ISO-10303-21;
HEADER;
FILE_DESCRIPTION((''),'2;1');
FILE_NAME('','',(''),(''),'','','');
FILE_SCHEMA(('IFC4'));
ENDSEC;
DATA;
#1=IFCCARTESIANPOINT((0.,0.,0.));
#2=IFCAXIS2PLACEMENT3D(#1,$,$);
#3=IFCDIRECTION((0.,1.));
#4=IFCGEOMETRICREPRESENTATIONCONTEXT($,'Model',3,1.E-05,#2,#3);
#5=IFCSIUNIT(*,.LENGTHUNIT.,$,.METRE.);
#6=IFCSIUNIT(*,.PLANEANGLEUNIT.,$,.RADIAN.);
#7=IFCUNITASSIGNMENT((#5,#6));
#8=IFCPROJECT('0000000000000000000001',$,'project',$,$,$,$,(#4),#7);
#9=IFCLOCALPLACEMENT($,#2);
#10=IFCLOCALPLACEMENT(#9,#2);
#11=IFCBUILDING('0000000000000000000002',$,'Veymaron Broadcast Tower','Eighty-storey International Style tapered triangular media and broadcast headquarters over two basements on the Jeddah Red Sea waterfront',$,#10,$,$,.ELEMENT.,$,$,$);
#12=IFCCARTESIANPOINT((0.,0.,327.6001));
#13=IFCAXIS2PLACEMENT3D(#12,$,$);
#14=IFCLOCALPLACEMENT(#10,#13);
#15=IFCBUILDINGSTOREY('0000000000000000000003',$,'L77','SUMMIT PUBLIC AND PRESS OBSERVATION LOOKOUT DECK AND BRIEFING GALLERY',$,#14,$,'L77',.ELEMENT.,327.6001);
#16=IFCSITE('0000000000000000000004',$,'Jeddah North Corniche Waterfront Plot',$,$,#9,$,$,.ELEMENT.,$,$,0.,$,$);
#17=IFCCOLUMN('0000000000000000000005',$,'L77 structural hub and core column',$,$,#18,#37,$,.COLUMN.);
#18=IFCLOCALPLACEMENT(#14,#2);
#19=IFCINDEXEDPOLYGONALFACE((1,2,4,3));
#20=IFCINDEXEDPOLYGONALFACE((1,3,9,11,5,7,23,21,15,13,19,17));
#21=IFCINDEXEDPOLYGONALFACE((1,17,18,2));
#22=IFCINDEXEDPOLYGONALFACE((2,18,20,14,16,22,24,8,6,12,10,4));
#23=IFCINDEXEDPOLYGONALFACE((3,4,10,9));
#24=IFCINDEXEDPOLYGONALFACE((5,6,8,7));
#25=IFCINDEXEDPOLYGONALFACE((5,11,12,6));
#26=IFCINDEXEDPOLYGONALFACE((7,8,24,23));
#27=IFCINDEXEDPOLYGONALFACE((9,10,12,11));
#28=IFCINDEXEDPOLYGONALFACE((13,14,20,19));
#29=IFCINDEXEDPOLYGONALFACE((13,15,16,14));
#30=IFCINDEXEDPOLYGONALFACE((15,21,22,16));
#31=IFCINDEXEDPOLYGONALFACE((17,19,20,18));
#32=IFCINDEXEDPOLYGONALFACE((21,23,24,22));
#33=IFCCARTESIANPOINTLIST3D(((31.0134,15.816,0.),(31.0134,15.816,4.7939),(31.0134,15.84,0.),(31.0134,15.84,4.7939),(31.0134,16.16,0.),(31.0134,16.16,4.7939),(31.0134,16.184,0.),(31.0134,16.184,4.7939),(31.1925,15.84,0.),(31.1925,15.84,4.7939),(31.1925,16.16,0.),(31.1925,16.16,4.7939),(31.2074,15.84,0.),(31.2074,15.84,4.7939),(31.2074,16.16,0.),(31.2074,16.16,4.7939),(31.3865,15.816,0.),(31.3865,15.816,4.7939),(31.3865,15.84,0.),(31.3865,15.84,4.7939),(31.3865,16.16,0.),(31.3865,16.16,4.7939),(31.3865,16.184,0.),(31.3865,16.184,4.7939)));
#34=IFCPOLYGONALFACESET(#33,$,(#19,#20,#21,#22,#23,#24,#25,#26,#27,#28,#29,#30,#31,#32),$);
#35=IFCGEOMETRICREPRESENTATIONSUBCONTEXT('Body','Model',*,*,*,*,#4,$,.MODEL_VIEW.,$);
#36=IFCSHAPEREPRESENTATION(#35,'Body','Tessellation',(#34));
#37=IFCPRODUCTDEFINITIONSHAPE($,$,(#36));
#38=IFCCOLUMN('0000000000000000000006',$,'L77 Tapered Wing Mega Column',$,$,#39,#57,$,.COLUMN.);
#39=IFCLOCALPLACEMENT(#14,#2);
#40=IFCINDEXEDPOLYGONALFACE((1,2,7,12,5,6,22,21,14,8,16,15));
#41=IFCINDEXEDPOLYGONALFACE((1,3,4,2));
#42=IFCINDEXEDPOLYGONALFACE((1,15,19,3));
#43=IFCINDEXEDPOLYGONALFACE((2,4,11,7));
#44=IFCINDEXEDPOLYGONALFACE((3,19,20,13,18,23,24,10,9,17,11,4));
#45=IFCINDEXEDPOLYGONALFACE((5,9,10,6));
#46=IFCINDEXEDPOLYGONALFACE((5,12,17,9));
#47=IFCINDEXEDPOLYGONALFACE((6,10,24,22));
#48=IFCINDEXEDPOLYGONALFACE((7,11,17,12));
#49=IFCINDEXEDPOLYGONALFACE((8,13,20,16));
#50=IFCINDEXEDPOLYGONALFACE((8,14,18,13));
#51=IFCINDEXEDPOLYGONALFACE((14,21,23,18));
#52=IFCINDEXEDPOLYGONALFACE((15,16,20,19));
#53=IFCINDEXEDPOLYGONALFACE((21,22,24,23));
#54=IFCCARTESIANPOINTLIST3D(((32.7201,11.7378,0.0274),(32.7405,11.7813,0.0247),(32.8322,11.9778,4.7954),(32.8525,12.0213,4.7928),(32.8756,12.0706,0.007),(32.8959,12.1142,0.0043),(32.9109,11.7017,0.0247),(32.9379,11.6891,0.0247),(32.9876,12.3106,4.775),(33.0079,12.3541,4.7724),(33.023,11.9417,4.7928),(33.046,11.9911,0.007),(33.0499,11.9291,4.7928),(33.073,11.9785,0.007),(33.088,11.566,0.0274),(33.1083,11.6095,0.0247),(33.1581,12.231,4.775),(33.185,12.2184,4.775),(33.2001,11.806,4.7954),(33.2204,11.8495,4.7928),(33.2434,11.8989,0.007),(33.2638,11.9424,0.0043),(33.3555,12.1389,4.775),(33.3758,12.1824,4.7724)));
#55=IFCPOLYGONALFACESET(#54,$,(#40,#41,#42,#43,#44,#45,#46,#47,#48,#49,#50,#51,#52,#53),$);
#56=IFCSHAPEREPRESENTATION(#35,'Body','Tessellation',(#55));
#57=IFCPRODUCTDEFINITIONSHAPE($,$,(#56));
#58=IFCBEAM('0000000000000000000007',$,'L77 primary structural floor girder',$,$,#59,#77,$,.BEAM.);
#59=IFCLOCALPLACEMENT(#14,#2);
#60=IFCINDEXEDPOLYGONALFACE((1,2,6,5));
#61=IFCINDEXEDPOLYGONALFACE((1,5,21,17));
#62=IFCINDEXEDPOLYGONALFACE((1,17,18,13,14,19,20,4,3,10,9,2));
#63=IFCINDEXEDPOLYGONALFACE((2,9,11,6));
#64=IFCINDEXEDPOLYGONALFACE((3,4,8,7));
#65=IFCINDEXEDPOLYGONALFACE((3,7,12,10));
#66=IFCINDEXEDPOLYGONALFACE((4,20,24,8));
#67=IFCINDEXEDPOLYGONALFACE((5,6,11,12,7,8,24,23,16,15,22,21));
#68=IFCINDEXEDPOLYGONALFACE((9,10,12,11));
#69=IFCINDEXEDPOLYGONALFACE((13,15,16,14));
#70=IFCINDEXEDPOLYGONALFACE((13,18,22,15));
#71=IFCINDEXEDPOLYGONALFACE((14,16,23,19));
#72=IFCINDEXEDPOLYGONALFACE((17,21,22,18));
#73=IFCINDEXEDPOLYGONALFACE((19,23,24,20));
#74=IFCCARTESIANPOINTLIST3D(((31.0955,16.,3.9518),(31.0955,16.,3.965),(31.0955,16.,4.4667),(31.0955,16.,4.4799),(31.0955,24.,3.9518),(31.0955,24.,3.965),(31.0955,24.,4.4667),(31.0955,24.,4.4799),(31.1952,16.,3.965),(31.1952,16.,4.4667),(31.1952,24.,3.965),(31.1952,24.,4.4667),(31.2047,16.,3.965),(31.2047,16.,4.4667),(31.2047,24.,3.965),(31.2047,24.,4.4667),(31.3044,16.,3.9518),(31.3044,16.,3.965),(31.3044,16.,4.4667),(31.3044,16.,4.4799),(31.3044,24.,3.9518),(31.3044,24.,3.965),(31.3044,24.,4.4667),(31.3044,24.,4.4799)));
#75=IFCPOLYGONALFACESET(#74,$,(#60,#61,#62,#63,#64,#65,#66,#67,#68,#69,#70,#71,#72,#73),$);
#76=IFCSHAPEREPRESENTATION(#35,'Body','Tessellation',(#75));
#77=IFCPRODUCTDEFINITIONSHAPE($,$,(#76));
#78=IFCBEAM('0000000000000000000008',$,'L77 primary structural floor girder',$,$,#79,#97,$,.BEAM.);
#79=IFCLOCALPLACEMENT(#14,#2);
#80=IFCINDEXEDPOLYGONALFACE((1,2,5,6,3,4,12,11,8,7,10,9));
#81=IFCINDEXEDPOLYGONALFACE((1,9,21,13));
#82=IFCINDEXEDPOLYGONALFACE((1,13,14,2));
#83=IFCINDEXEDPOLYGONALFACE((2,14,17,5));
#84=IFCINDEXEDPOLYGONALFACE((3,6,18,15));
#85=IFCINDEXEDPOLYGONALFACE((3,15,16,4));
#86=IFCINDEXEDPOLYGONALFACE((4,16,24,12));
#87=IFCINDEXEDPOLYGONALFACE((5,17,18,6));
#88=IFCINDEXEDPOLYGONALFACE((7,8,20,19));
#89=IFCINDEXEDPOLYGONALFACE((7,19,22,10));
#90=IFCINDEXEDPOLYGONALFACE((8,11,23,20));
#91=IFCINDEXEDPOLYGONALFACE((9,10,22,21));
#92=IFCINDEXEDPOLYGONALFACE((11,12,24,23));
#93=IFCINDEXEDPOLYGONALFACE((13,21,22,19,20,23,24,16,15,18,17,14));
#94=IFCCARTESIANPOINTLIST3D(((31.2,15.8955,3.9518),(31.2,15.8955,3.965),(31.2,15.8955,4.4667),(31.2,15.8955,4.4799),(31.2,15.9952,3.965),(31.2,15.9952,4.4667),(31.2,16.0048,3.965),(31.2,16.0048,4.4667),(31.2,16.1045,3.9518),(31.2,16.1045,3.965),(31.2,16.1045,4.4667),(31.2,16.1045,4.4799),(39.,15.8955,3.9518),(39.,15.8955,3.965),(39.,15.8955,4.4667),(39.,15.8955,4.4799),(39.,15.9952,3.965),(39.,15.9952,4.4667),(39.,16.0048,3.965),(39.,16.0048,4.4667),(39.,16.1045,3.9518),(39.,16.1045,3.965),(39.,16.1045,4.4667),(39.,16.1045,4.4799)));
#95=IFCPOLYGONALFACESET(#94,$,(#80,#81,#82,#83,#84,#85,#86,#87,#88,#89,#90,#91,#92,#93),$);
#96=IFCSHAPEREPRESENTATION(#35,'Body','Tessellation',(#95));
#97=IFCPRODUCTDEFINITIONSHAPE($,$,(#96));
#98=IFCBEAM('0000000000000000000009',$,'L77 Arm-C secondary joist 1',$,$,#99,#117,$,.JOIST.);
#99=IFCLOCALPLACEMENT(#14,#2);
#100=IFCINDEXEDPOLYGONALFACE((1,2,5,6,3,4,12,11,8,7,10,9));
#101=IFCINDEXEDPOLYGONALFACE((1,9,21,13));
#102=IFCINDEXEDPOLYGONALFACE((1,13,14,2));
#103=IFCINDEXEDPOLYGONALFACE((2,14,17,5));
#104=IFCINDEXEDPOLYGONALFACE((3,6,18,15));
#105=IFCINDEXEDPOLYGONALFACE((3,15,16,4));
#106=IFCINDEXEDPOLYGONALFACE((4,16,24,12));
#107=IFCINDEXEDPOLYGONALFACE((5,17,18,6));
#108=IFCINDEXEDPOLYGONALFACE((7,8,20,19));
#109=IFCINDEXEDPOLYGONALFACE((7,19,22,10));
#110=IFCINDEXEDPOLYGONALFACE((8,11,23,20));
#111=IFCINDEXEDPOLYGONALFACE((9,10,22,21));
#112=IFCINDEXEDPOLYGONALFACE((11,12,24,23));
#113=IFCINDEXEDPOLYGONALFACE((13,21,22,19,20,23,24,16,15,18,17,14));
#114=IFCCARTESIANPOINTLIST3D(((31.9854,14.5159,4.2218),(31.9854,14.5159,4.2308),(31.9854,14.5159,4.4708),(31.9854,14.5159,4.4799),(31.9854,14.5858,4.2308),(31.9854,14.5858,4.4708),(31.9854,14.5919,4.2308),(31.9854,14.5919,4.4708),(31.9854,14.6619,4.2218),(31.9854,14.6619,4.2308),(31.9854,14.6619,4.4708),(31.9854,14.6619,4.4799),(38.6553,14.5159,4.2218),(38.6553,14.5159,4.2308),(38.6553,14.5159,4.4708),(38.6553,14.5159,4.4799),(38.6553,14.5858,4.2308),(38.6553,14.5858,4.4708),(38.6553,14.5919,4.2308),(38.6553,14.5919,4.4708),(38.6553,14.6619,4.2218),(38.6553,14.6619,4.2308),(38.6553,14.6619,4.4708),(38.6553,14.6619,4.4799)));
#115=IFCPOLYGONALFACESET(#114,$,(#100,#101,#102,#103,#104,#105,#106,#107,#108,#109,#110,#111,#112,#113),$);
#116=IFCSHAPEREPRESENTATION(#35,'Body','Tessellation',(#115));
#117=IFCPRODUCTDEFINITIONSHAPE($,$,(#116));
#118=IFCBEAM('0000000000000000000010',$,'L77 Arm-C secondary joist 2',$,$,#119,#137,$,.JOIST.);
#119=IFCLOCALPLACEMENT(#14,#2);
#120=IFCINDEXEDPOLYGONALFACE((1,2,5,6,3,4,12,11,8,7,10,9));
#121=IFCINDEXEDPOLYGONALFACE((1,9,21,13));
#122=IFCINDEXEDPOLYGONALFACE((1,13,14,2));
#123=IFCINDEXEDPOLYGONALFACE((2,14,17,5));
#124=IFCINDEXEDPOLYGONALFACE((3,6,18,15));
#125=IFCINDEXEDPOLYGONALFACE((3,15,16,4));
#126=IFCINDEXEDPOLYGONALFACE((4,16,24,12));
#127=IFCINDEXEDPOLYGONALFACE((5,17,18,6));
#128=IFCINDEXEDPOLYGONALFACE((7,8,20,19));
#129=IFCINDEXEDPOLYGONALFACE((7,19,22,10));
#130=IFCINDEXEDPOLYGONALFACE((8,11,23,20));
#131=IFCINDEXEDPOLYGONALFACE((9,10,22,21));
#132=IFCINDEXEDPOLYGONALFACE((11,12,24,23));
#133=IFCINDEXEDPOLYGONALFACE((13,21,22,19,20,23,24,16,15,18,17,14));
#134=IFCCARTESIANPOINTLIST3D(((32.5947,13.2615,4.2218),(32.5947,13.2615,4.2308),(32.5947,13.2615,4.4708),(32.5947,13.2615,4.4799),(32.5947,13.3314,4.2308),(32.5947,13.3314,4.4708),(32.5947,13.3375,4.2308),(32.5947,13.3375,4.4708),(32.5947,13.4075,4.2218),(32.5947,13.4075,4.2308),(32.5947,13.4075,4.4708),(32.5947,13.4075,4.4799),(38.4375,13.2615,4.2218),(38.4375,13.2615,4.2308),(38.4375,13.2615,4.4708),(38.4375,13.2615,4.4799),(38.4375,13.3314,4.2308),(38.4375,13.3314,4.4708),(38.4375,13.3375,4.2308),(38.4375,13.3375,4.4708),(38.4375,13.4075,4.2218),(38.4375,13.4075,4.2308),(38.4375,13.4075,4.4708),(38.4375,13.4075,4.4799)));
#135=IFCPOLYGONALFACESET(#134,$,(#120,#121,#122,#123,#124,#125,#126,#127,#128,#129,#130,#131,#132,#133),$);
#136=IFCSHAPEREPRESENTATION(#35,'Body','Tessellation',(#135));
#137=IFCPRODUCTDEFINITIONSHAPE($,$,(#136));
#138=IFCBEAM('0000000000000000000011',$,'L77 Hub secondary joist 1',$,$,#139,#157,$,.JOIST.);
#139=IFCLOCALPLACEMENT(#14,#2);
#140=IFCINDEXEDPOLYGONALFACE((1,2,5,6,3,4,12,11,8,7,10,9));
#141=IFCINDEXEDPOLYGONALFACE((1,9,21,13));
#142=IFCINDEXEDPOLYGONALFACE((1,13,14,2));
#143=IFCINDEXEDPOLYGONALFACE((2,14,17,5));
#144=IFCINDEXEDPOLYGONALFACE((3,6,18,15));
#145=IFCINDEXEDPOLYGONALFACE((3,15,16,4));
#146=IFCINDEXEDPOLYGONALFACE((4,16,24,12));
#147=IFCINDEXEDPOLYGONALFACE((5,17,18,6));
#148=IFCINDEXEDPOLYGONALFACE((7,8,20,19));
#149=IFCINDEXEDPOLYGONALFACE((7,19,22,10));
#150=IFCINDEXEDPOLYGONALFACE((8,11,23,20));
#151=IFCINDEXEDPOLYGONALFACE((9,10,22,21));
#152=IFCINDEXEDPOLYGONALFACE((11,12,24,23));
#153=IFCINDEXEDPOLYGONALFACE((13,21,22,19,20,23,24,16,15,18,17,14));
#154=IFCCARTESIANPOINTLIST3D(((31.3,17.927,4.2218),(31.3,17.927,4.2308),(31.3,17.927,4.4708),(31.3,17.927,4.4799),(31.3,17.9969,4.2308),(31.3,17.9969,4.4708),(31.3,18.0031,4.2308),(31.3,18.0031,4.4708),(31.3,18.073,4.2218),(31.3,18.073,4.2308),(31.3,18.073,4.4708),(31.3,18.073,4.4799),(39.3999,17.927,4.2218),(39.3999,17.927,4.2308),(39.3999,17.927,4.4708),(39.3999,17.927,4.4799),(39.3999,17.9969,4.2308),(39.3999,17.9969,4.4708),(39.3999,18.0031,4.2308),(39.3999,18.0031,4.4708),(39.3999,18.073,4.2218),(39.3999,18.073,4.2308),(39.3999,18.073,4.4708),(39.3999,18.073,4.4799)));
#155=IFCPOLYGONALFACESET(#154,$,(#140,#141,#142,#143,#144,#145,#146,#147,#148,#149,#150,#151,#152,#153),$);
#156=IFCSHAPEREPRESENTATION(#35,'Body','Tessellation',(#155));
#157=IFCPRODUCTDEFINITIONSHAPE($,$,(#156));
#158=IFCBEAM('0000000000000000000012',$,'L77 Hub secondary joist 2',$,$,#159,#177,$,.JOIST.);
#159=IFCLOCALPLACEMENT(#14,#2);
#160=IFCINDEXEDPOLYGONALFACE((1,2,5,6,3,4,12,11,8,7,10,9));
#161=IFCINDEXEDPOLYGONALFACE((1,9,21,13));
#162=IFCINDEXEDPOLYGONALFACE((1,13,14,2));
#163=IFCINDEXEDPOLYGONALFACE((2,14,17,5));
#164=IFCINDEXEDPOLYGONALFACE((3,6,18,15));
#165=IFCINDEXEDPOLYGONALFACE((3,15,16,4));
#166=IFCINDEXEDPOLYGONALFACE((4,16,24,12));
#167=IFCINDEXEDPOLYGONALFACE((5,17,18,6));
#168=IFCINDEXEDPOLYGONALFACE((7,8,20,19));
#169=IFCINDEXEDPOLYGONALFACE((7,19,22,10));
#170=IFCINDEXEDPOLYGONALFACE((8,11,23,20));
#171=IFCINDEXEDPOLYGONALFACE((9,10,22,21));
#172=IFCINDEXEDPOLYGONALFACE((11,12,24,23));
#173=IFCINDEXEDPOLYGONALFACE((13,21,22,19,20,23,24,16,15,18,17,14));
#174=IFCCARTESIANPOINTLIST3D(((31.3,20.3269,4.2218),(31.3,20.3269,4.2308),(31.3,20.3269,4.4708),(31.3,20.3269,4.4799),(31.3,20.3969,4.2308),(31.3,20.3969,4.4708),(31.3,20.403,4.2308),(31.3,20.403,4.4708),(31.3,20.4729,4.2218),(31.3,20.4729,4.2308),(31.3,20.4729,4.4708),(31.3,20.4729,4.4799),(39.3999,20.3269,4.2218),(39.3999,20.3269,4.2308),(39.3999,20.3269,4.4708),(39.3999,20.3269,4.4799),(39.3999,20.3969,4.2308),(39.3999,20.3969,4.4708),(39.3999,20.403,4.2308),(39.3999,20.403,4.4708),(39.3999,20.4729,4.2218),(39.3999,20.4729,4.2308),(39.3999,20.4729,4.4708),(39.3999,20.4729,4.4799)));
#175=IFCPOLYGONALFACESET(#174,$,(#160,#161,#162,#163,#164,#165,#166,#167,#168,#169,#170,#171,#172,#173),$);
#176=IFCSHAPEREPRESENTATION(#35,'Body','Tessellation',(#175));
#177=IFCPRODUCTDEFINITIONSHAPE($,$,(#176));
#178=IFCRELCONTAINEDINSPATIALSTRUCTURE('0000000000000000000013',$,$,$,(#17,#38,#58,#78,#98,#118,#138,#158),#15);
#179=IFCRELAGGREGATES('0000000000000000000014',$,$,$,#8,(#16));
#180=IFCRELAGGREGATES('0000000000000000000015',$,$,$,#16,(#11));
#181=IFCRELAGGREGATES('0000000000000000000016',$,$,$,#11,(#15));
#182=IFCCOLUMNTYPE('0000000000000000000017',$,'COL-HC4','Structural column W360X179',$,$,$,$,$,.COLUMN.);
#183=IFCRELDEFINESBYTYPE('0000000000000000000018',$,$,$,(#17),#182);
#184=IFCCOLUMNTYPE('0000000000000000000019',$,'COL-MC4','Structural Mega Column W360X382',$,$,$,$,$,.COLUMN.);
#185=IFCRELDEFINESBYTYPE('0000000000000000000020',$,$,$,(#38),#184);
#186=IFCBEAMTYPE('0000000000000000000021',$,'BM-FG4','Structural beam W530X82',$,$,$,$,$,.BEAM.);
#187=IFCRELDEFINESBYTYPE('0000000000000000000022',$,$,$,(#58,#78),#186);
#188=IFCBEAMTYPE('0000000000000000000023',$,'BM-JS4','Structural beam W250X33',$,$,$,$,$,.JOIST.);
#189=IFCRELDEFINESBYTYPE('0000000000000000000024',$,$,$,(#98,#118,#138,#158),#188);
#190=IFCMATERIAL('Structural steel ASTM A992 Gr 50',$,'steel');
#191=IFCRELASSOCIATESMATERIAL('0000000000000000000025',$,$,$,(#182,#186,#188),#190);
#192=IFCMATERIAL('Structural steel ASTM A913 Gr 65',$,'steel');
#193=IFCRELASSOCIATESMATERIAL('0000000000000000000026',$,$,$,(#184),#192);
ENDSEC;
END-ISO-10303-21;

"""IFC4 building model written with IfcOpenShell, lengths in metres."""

from ifc_helpers import new_model, si_unit, direction, frame, origin, origin_2d, place, context, subcontext, project, spatial, i_section, extrude, material, material_profile, profile_set, type_object, element, save


model = new_model("IFC4")

# Units and contexts
model_context = context("Model", 3, precision=1e-05, world=origin(), true_north=direction((0.0, 1.0)))
body_context = subcontext(model_context, "Body", "Model", "MODEL_VIEW")
ifc_project = project(units=[si_unit("LENGTHUNIT", "METRE"), si_unit("PLANEANGLEUNIT", "RADIAN")], contexts=[model_context])

# Site, building, storey
site_placement = place(None, origin())
site = spatial("IfcSite", under=ifc_project, at=site_placement, Name="Jeddah North Corniche Waterfront Plot", CompositionType="ELEMENT", RefElevation=0.0)
building_placement = place(site_placement, origin())
building = spatial("IfcBuilding", under=site, at=building_placement, Name="Veymaron Broadcast Tower", Description="Eighty-storey International Style tapered triangular media and broadcast headquarters over two basements on the Jeddah Red Sea waterfront", CompositionType="ELEMENT")
storey_placement = place(building_placement, frame((0.0, 0.0, 327.6001)))
storey = spatial("IfcBuildingStorey", under=building, at=storey_placement, Name="L77", Description="SUMMIT PUBLIC AND PRESS OBSERVATION LOOKOUT DECK AND BRIEFING GALLERY", LongName="L77", CompositionType="ELEMENT", Elevation=327.6001)

# Columns
ifc_material_1 = material(Name="Structural steel ASTM A992 Gr 50", Category="steel")
ifc_material_profile_1 = material_profile(ifc_material_1, i_section(OverallWidth=0.373, OverallDepth=0.3679, WebThickness=0.0149, FlangeThickness=0.0239, at=origin_2d()), Name="W360X179")
ifc_profile_set_1 = profile_set([ifc_material_profile_1], Name="Structural steel ASTM A992 Gr 50")
column_type_1 = type_object("IfcColumnType", Name="COL-HC4", Description="Structural column W360X179", PredefinedType="COLUMN", material=ifc_profile_set_1)
column_1_placement = place(storey_placement, frame((31.2, 16.0, 0.0), z_axis=(0.0, 0.0, 1.0), x_axis=(1.0, 0.0, 0.0)))
element("IfcColumn", 1, at=column_1_placement, inside=storey, type_object=column_type_1, Name="L77 structural hub and core column", PredefinedType="COLUMN", context=body_context, shape_type="SweptSolid", body=[
    extrude(i_section(OverallWidth=0.373, OverallDepth=0.3679, WebThickness=0.0149, FlangeThickness=0.0239, at=origin_2d()), origin(), (0.0, 0.0, 1.0), 4.7939),
])
ifc_material_2 = material(Name="Structural steel ASTM A913 Gr 65", Category="steel")
ifc_material_profile_2 = material_profile(ifc_material_2, i_section(OverallWidth=0.406, OverallDepth=0.416, WebThickness=0.0298, FlangeThickness=0.0481, at=origin_2d()), Name="W360X382")
ifc_profile_set_2 = profile_set([ifc_material_profile_2], Name="Structural steel ASTM A913 Gr 65")
column_type_2 = type_object("IfcColumnType", Name="COL-MC4", Description="Structural Mega Column W360X382", PredefinedType="COLUMN", material=ifc_profile_set_2)
column_2_placement = place(storey_placement, frame((32.9919, 11.8401, 0.0159), z_axis=(0.023466, 0.050255, 0.998461), x_axis=(-0.906089, 0.423087, 0.0)))
element("IfcColumn", 2, at=column_2_placement, inside=storey, type_object=column_type_2, Name="L77 Tapered Wing Mega Column", PredefinedType="COLUMN", context=body_context, shape_type="SweptSolid", body=[
    extrude(i_section(OverallWidth=0.406, OverallDepth=0.416, WebThickness=0.0298, FlangeThickness=0.0481, at=origin_2d()), origin(), (0.0, 0.0, 1.0), 4.7754),
])

# Beams
ifc_material_profile_3 = material_profile(ifc_material_1, i_section(OverallWidth=0.209, OverallDepth=0.5281, WebThickness=0.0095, FlangeThickness=0.0132, at=origin_2d()), Name="W530X82")
ifc_profile_set_3 = profile_set([ifc_material_profile_3], Name="Structural steel ASTM A992 Gr 50")
beam_type_1 = type_object("IfcBeamType", Name="BM-FG4", Description="Structural beam W530X82", PredefinedType="BEAM", material=ifc_profile_set_3)
beam_1_placement = place(storey_placement, frame((31.2, 16.0, 4.2158), z_axis=(0.0, 1.0, 0.0), x_axis=(-1.0, 0.0, 0.0)))
element("IfcBeam", 3, at=beam_1_placement, inside=storey, type_object=beam_type_1, Name="L77 primary structural floor girder", PredefinedType="BEAM", context=body_context, shape_type="SweptSolid", body=[
    extrude(i_section(OverallWidth=0.209, OverallDepth=0.5281, WebThickness=0.0095, FlangeThickness=0.0132, at=origin_2d()), origin(), (0.0, 0.0, 1.0), 8.0),
])
beam_2_placement = place(storey_placement, frame((31.2, 16.0, 4.2158), z_axis=(1.0, 0.0, 0.0), x_axis=(0.0, 1.0, 0.0)))
element("IfcBeam", 4, at=beam_2_placement, inside=storey, type_object=beam_type_1, Name="L77 primary structural floor girder", PredefinedType="BEAM", context=body_context, shape_type="SweptSolid", body=[
    extrude(i_section(OverallWidth=0.209, OverallDepth=0.5281, WebThickness=0.0095, FlangeThickness=0.0132, at=origin_2d()), origin(), (0.0, 0.0, 1.0), 7.8),
])
ifc_material_profile_4 = material_profile(ifc_material_1, i_section(OverallWidth=0.146, OverallDepth=0.2581, WebThickness=0.0061, FlangeThickness=0.009, at=origin_2d()), Name="W250X33")
ifc_profile_set_4 = profile_set([ifc_material_profile_4], Name="Structural steel ASTM A992 Gr 50")
beam_type_2 = type_object("IfcBeamType", Name="BM-JS4", Description="Structural beam W250X33", PredefinedType="JOIST", material=ifc_profile_set_4)
beam_3_placement = place(storey_placement, frame((31.9854, 14.5889, 4.3508), z_axis=(1.0, 0.0, 0.0), x_axis=(0.0, 1.0, 0.0)))
element("IfcBeam", 5, at=beam_3_placement, inside=storey, type_object=beam_type_2, Name="L77 Arm-C secondary joist 1", PredefinedType="JOIST", context=body_context, shape_type="SweptSolid", body=[
    extrude(i_section(OverallWidth=0.146, OverallDepth=0.2581, WebThickness=0.0061, FlangeThickness=0.009, at=origin_2d()), origin(), (0.0, 0.0, 1.0), 6.6699),
])
beam_4_placement = place(storey_placement, frame((32.5947, 13.3345, 4.3508), z_axis=(1.0, 0.0, 0.0), x_axis=(0.0, 1.0, 0.0)))
element("IfcBeam", 6, at=beam_4_placement, inside=storey, type_object=beam_type_2, Name="L77 Arm-C secondary joist 2", PredefinedType="JOIST", context=body_context, shape_type="SweptSolid", body=[
    extrude(i_section(OverallWidth=0.146, OverallDepth=0.2581, WebThickness=0.0061, FlangeThickness=0.009, at=origin_2d()), origin(), (0.0, 0.0, 1.0), 5.8428),
])
for number, where, z_axis, x_axis, name in (
    (7, (31.3, 18.0, 4.3508), (1.0, 0.0, 0.0), (0.0, 1.0, 0.0), "L77 Hub secondary joist 1"),
    (8, (31.3, 20.3999, 4.3508), (1.0, 0.0, 0.0), (0.0, 1.0, 0.0), "L77 Hub secondary joist 2"),
):
    element("IfcBeam", number, at=place(storey_placement, frame(where, z_axis=z_axis, x_axis=x_axis)), inside=storey, type_object=beam_type_2, Name=name, PredefinedType="JOIST", context=body_context, shape_type="SweptSolid", body=[
        extrude(i_section(OverallWidth=0.146, OverallDepth=0.2581, WebThickness=0.0061, FlangeThickness=0.009, at=origin_2d()), origin(), (0.0, 0.0, 1.0), 8.0999),
    ])

save(model, "model.ifc")
